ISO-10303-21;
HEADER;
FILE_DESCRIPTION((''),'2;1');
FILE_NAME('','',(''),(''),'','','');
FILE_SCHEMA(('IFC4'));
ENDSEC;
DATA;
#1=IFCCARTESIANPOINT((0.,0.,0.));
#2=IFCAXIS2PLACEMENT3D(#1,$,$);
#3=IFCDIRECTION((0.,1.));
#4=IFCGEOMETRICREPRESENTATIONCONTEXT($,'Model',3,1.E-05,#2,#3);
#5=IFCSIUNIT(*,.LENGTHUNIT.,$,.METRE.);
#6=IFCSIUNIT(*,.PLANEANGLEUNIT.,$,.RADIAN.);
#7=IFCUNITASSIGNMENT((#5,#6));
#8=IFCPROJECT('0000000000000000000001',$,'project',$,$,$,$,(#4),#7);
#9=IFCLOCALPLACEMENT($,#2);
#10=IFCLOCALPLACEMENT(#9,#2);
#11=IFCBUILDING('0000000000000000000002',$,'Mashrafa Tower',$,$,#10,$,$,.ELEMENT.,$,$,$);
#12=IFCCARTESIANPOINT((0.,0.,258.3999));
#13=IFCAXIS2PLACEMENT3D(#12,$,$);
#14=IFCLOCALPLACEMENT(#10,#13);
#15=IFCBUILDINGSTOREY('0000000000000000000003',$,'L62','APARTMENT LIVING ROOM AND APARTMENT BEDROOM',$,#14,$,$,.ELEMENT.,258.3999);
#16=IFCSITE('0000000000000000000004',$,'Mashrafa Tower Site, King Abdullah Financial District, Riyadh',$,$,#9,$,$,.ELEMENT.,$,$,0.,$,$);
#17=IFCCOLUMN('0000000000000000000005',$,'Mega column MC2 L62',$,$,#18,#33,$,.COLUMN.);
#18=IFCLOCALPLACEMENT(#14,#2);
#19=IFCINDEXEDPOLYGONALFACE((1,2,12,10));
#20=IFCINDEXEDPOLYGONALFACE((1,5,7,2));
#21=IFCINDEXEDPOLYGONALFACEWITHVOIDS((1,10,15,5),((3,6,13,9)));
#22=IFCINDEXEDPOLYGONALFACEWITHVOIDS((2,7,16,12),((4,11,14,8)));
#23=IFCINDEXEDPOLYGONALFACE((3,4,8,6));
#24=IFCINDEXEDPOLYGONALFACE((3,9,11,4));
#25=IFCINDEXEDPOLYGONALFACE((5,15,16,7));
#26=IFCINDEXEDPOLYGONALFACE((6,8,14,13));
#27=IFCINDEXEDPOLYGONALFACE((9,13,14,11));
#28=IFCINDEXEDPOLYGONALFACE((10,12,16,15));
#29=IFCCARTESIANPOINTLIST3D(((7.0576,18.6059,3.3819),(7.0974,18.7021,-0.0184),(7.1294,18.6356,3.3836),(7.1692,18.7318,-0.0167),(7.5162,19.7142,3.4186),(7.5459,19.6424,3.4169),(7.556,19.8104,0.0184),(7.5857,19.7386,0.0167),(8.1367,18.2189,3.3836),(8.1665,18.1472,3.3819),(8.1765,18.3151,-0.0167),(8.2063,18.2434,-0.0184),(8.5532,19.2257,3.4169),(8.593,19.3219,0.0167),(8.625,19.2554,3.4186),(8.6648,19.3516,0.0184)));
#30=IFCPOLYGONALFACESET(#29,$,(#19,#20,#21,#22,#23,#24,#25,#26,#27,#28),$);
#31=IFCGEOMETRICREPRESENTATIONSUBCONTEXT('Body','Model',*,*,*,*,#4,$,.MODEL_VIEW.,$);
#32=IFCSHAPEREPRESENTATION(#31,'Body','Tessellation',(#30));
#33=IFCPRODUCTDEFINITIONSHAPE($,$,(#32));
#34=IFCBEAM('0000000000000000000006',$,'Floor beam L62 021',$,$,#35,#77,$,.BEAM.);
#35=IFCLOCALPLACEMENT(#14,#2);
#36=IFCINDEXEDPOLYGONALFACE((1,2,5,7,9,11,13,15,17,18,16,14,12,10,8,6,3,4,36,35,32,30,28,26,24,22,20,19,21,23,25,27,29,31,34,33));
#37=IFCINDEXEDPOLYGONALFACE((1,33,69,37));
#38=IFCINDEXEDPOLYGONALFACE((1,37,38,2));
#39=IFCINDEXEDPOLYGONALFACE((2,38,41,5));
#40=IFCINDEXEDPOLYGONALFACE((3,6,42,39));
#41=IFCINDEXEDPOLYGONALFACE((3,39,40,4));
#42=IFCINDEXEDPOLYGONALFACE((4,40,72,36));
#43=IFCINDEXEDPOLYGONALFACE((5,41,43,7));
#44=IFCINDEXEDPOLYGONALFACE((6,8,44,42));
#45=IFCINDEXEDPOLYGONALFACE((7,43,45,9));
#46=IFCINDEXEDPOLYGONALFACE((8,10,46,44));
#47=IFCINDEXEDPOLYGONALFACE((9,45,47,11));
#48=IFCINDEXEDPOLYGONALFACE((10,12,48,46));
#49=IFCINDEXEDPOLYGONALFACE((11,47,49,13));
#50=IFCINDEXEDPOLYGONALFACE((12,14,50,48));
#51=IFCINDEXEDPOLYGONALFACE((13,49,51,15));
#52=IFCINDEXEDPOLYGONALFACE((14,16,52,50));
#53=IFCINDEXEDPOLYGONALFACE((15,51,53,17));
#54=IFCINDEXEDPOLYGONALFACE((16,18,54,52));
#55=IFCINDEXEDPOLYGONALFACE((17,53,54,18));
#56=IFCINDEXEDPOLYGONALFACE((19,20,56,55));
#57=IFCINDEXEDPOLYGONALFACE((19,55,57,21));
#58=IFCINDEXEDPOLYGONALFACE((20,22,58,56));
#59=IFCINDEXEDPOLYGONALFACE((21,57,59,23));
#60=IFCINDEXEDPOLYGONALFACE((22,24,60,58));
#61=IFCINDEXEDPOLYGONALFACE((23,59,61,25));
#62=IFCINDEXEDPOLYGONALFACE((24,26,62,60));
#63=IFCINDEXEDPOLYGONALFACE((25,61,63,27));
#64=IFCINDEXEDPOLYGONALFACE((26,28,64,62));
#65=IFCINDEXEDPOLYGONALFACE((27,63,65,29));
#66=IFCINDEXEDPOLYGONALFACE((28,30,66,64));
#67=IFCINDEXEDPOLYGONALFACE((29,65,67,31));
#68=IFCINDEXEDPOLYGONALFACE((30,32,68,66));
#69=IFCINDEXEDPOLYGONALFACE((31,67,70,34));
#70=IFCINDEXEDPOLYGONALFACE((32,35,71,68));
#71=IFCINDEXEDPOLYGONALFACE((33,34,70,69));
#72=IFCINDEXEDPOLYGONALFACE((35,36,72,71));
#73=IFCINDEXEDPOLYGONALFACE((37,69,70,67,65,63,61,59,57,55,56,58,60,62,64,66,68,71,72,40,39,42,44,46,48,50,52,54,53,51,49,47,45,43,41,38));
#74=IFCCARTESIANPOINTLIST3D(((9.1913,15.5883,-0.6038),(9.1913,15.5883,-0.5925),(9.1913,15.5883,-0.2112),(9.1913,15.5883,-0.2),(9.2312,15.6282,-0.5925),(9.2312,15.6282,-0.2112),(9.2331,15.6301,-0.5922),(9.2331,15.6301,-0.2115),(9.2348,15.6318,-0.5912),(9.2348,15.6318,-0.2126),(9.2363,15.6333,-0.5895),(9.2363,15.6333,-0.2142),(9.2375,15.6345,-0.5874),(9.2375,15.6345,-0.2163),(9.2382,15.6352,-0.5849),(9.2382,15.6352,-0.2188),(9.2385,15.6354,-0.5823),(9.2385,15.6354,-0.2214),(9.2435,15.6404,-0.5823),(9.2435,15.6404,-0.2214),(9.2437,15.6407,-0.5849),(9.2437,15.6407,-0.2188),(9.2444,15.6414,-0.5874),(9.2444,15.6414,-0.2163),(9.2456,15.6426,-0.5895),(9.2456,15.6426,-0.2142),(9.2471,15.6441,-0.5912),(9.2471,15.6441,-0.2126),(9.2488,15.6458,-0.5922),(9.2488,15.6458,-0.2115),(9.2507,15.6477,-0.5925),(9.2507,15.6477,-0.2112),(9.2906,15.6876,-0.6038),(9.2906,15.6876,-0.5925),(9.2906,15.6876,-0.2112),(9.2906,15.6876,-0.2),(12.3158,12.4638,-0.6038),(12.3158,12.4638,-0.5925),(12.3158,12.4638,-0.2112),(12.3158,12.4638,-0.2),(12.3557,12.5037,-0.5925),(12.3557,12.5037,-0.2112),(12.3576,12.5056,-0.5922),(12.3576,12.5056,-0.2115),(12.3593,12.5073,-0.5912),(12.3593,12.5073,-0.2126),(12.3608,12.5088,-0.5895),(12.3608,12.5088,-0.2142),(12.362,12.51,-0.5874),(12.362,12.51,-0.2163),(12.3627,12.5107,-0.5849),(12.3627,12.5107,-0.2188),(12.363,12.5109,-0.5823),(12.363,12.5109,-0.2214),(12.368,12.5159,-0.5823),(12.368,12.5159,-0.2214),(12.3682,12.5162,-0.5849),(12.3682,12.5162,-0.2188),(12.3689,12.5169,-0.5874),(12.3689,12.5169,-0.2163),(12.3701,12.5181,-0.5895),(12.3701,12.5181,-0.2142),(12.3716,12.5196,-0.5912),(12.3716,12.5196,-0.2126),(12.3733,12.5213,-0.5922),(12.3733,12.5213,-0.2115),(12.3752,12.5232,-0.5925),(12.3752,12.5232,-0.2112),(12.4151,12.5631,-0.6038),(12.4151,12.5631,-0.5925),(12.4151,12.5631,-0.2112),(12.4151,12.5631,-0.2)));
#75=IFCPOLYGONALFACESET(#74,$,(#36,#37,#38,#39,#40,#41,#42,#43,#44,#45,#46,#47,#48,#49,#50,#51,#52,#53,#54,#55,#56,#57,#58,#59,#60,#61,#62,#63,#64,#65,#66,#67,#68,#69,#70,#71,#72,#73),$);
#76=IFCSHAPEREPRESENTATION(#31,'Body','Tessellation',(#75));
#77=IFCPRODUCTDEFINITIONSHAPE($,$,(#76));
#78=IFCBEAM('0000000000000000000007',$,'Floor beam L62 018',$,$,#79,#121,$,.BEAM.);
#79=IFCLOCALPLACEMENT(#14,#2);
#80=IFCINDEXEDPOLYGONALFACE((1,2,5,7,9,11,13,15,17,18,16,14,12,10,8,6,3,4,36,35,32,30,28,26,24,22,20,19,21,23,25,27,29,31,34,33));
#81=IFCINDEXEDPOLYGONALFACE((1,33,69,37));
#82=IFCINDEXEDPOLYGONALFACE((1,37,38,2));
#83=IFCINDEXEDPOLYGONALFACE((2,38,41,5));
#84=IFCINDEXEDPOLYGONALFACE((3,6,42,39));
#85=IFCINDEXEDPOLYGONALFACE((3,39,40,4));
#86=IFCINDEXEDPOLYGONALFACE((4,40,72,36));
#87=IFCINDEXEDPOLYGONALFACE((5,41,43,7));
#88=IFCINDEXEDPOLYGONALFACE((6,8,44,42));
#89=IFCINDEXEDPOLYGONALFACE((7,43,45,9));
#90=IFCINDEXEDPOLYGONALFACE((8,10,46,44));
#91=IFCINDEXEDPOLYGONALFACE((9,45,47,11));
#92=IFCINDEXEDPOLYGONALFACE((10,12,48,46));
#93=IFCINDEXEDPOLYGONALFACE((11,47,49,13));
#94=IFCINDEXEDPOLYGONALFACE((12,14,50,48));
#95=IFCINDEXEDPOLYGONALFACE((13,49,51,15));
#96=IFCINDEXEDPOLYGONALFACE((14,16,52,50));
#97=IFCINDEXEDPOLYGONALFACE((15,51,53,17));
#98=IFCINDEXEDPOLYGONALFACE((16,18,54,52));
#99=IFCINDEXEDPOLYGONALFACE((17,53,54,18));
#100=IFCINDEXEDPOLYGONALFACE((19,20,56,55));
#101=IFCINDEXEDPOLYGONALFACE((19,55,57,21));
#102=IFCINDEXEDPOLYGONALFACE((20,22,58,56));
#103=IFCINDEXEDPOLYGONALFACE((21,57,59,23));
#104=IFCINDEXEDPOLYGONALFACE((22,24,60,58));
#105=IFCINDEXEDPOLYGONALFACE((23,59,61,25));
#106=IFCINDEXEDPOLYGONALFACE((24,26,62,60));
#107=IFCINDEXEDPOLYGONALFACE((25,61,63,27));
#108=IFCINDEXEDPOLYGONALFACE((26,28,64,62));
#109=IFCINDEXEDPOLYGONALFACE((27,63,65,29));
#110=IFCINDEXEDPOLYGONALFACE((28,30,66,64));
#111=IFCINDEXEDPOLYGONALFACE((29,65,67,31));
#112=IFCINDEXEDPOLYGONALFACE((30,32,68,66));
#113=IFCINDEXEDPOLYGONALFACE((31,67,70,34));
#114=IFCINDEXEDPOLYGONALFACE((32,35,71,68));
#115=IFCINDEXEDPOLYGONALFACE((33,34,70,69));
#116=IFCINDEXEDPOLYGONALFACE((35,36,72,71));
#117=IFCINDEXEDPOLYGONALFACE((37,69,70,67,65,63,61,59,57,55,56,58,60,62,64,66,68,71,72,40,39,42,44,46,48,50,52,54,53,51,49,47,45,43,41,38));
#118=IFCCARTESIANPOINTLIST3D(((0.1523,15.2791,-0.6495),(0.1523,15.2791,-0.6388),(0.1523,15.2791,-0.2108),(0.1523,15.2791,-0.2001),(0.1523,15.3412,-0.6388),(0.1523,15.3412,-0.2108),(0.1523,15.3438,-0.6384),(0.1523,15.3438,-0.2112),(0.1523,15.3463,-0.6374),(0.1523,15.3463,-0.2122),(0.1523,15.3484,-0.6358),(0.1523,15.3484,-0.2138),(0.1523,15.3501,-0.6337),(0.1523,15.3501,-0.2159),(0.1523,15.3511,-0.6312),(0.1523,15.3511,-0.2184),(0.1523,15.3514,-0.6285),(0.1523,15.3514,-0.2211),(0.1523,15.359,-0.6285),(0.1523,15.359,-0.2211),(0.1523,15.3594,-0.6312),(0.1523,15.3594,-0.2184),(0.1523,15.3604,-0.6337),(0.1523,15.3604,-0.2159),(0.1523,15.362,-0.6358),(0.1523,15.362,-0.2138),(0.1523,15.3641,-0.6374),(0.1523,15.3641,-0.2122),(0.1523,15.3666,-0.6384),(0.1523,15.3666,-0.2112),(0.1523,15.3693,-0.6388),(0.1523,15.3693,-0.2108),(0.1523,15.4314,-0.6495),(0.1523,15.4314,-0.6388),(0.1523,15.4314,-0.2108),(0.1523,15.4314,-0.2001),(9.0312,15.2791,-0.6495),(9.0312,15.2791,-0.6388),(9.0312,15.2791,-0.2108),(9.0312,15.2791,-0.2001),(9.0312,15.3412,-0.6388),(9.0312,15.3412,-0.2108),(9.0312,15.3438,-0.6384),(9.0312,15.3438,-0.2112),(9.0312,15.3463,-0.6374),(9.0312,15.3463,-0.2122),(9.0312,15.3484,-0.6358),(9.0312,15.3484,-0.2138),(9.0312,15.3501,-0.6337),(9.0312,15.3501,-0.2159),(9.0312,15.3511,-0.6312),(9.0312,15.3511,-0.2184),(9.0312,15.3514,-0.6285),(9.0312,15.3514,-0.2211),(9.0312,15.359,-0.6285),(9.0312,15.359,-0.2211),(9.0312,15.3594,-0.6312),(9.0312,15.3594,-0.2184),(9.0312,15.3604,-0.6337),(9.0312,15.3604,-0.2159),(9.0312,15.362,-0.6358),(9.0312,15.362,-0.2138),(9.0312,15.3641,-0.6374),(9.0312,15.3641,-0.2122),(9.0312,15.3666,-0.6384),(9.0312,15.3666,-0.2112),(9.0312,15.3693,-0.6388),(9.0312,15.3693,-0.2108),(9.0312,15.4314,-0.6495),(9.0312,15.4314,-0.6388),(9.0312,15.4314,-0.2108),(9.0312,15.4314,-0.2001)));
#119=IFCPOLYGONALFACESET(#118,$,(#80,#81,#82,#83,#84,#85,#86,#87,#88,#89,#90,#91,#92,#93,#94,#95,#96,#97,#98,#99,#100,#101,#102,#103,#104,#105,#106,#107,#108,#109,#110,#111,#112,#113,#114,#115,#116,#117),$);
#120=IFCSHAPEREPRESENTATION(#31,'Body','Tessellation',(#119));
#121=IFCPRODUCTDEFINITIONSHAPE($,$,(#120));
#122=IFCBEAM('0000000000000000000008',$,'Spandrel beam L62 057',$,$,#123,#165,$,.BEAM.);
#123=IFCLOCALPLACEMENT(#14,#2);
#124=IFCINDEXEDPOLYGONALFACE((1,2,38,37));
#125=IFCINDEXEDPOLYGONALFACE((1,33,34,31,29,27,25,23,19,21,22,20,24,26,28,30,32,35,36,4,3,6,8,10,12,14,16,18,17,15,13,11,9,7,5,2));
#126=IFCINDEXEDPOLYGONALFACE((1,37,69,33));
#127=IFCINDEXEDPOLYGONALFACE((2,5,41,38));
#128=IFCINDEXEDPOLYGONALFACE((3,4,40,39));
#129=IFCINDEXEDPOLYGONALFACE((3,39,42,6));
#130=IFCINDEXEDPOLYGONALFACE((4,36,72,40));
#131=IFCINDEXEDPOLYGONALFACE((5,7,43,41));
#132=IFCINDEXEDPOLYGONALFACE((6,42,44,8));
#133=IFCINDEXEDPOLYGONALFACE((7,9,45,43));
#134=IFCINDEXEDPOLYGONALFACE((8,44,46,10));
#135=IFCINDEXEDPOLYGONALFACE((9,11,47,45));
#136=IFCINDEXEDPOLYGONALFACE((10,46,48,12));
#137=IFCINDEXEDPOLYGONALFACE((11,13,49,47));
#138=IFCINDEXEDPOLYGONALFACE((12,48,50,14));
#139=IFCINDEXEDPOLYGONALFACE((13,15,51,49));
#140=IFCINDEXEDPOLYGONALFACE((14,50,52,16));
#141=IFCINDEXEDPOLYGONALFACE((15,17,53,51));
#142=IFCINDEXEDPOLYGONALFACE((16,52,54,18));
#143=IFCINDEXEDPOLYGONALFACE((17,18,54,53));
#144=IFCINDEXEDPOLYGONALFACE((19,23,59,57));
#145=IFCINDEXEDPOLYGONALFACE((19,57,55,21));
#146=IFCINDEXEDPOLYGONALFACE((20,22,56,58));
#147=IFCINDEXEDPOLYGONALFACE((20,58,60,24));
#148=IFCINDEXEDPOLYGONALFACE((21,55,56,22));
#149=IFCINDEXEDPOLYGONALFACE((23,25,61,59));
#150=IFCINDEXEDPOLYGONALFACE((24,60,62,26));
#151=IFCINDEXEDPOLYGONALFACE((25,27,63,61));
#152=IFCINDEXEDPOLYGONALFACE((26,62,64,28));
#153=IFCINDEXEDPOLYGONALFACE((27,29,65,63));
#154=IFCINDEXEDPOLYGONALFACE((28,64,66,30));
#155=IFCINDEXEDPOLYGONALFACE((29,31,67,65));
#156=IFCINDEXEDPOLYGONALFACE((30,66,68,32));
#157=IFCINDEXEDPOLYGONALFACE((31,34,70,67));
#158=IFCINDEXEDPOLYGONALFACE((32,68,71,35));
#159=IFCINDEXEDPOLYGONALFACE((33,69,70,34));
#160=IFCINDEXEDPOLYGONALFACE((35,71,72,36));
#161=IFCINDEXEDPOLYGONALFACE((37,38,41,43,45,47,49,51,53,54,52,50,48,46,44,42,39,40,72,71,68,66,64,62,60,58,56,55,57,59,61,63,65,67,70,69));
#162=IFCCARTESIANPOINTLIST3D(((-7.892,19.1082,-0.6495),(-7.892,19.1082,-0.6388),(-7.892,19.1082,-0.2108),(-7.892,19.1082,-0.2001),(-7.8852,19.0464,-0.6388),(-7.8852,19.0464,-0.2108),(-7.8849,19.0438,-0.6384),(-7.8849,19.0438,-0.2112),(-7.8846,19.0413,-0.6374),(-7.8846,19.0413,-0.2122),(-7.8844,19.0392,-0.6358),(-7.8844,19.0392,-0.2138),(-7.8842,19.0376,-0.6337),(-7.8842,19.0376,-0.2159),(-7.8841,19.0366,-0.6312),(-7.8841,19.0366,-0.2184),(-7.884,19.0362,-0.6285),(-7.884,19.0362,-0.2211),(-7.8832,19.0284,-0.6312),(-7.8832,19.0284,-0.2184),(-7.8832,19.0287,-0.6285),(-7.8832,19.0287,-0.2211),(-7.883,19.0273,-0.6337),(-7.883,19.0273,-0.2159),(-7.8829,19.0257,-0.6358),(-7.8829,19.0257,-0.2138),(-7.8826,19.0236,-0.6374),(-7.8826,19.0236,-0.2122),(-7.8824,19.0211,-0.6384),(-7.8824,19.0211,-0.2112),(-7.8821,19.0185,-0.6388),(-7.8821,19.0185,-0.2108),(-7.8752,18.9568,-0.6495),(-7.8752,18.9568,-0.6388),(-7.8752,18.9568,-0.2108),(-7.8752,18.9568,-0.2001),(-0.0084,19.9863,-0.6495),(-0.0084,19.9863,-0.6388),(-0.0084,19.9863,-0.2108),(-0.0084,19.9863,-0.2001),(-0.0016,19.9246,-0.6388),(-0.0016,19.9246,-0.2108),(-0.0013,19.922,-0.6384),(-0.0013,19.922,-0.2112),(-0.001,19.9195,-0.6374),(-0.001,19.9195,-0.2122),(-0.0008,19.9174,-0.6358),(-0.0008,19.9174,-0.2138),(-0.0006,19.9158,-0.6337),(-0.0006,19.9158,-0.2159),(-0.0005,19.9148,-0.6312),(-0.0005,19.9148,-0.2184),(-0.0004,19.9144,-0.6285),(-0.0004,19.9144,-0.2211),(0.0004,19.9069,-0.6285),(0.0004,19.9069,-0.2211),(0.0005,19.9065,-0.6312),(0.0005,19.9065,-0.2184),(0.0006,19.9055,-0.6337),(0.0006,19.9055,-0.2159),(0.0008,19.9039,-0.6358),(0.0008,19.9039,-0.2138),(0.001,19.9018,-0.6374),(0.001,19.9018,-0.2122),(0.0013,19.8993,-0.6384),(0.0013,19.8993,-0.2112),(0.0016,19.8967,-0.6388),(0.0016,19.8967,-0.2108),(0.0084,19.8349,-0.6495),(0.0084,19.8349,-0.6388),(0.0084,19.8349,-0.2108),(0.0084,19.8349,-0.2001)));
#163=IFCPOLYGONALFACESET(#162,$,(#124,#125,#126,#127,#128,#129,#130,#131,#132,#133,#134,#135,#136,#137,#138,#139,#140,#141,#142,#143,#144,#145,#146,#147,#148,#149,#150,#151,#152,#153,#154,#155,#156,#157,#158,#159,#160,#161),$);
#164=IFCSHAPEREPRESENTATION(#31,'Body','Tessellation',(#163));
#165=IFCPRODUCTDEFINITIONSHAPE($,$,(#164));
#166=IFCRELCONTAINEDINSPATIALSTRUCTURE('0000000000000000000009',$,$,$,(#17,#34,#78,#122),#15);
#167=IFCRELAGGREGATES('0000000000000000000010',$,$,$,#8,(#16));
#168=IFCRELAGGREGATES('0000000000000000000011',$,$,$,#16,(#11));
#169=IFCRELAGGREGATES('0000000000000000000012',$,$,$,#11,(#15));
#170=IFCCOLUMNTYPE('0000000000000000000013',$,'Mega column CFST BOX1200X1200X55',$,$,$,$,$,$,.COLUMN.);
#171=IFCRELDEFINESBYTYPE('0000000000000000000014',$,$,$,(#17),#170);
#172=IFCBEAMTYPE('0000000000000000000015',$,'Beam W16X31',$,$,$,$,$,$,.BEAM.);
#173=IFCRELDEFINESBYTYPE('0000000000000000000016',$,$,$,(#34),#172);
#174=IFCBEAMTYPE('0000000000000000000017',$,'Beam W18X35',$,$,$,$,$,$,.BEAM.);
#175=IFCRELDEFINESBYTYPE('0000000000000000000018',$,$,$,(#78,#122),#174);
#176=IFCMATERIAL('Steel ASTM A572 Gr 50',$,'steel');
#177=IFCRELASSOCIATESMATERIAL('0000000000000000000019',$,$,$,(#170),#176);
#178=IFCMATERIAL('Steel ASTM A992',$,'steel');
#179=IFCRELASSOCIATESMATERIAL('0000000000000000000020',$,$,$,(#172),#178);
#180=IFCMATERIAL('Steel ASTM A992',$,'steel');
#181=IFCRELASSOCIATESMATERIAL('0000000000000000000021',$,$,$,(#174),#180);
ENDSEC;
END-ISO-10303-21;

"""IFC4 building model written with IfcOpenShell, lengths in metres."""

from ifc_helpers import new_model, si_unit, direction, frame, origin, origin_2d, place, context, subcontext, project, spatial, hollow_rectangle, i_section, extrude, material, material_profile, profile_set, type_object, element, save


model = new_model("IFC4")

# Units and contexts
model_context = context("Model", 3, precision=1e-05, world=origin(), true_north=direction((0.0, 1.0)))
body_context = subcontext(model_context, "Body", "Model", "MODEL_VIEW")
ifc_project = project(units=[si_unit("LENGTHUNIT", "METRE"), si_unit("PLANEANGLEUNIT", "RADIAN")], contexts=[model_context])

# Site, building, storey
site_placement = place(None, origin())
site = spatial("IfcSite", under=ifc_project, at=site_placement, Name="Mashrafa Tower Site, King Abdullah Financial District, Riyadh", CompositionType="ELEMENT", RefElevation=0.0)
building_placement = place(site_placement, origin())
building = spatial("IfcBuilding", under=site, at=building_placement, Name="Mashrafa Tower", CompositionType="ELEMENT")
storey_placement = place(building_placement, frame((0.0, 0.0, 258.3999)))
storey = spatial("IfcBuildingStorey", under=building, at=storey_placement, Name="L62", Description="APARTMENT LIVING ROOM AND APARTMENT BEDROOM", CompositionType="ELEMENT", Elevation=258.3999)

# Column
ifc_material_1 = material(Name="Steel ASTM A572 Gr 50", Category="steel")
ifc_material_profile_1 = material_profile(ifc_material_1, hollow_rectangle(XDim=1.2, YDim=1.2, WallThickness=0.0549, at=origin_2d()), Name="BOX1200X1200X55")
ifc_profile_set_1 = profile_set([ifc_material_profile_1], Name="Steel ASTM A572 Gr 50")
column_type = type_object("IfcColumnType", Name="Mega column CFST BOX1200X1200X55", PredefinedType="COLUMN", material=ifc_profile_set_1)
column_placement = place(storey_placement, frame((7.8811, 19.0269, 0.0), z_axis=(-0.011698, -0.028277, 0.999532), x_axis=(0.924045, -0.382283, 0.0)))
element("IfcColumn", 1, at=column_placement, inside=storey, type_object=column_type, Name="Mega column MC2 L62", PredefinedType="COLUMN", context=body_context, shape_type="SweptSolid", body=[
    extrude(hollow_rectangle(XDim=1.2, YDim=1.2, WallThickness=0.0549, at=origin_2d()), origin(), (0.0, 0.0, 1.0), 3.4019),
])

# Beams
ifc_material_2 = material(Name="Steel ASTM A992", Category="steel")
ifc_material_profile_2 = material_profile(ifc_material_2, i_section(OverallWidth=0.1404, OverallDepth=0.4038, WebThickness=0.0071, FlangeThickness=0.0112, FilletRadius=0.0103, at=origin_2d()), Name="W16X31")
ifc_profile_set_2 = profile_set([ifc_material_profile_2], Name="Steel ASTM A992")
beam_type_1 = type_object("IfcBeamType", Name="Beam W16X31", PredefinedType="BEAM", material=ifc_profile_set_2)
beam_1_placement = place(storey_placement, frame((9.241, 15.6379, -0.4019), z_axis=(0.707107, -0.707107, 0.0), x_axis=(0.707107, 0.707107, 0.0)))
element("IfcBeam", 2, at=beam_1_placement, inside=storey, type_object=beam_type_1, Name="Floor beam L62 021", PredefinedType="BEAM", context=body_context, shape_type="SweptSolid", body=[
    extrude(i_section(OverallWidth=0.1404, OverallDepth=0.4038, WebThickness=0.0071, FlangeThickness=0.0112, FilletRadius=0.0103, at=origin_2d()), origin(), (0.0, 0.0, 1.0), 4.4187),
])
ifc_material_3 = material(Name="Steel ASTM A992", Category="steel")
ifc_material_profile_3 = material_profile(ifc_material_3, i_section(OverallWidth=0.1523, OverallDepth=0.4495, WebThickness=0.0076, FlangeThickness=0.0107, FilletRadius=0.0103, at=origin_2d()), Name="W18X35")
ifc_profile_set_3 = profile_set([ifc_material_profile_3], Name="Steel ASTM A992")
beam_type_2 = type_object("IfcBeamType", Name="Beam W18X35", PredefinedType="BEAM", material=ifc_profile_set_3)
beam_2_placement = place(storey_placement, frame((0.1523, 15.3552, -0.4248), z_axis=(1.0, 0.0, 0.0), x_axis=(0.0, 1.0, 0.0)))
element("IfcBeam", 3, at=beam_2_placement, inside=storey, type_object=beam_type_2, Name="Floor beam L62 018", PredefinedType="BEAM", context=body_context, shape_type="SweptSolid", body=[
    extrude(i_section(OverallWidth=0.1523, OverallDepth=0.4495, WebThickness=0.0076, FlangeThickness=0.0107, FilletRadius=0.0103, at=origin_2d()), origin(), (0.0, 0.0, 1.0), 8.8789),
])
for number, where, z_axis, x_axis, name in (
    (4, (0.0, 19.9106, -0.4248), (-0.993853, -0.110709, 0.0), (0.110709, -0.993853, 0.0), "Spandrel beam L62 057"),
):
    element("IfcBeam", number, at=place(storey_placement, frame(where, z_axis=z_axis, x_axis=x_axis)), inside=storey, type_object=beam_type_2, Name=name, PredefinedType="BEAM", context=body_context, shape_type="SweptSolid", body=[
        extrude(i_section(OverallWidth=0.1523, OverallDepth=0.4495, WebThickness=0.0076, FlangeThickness=0.0107, FilletRadius=0.0103, at=origin_2d()), origin(), (0.0, 0.0, 1.0), 7.9324),
    ])

save(model, "model.ifc")
